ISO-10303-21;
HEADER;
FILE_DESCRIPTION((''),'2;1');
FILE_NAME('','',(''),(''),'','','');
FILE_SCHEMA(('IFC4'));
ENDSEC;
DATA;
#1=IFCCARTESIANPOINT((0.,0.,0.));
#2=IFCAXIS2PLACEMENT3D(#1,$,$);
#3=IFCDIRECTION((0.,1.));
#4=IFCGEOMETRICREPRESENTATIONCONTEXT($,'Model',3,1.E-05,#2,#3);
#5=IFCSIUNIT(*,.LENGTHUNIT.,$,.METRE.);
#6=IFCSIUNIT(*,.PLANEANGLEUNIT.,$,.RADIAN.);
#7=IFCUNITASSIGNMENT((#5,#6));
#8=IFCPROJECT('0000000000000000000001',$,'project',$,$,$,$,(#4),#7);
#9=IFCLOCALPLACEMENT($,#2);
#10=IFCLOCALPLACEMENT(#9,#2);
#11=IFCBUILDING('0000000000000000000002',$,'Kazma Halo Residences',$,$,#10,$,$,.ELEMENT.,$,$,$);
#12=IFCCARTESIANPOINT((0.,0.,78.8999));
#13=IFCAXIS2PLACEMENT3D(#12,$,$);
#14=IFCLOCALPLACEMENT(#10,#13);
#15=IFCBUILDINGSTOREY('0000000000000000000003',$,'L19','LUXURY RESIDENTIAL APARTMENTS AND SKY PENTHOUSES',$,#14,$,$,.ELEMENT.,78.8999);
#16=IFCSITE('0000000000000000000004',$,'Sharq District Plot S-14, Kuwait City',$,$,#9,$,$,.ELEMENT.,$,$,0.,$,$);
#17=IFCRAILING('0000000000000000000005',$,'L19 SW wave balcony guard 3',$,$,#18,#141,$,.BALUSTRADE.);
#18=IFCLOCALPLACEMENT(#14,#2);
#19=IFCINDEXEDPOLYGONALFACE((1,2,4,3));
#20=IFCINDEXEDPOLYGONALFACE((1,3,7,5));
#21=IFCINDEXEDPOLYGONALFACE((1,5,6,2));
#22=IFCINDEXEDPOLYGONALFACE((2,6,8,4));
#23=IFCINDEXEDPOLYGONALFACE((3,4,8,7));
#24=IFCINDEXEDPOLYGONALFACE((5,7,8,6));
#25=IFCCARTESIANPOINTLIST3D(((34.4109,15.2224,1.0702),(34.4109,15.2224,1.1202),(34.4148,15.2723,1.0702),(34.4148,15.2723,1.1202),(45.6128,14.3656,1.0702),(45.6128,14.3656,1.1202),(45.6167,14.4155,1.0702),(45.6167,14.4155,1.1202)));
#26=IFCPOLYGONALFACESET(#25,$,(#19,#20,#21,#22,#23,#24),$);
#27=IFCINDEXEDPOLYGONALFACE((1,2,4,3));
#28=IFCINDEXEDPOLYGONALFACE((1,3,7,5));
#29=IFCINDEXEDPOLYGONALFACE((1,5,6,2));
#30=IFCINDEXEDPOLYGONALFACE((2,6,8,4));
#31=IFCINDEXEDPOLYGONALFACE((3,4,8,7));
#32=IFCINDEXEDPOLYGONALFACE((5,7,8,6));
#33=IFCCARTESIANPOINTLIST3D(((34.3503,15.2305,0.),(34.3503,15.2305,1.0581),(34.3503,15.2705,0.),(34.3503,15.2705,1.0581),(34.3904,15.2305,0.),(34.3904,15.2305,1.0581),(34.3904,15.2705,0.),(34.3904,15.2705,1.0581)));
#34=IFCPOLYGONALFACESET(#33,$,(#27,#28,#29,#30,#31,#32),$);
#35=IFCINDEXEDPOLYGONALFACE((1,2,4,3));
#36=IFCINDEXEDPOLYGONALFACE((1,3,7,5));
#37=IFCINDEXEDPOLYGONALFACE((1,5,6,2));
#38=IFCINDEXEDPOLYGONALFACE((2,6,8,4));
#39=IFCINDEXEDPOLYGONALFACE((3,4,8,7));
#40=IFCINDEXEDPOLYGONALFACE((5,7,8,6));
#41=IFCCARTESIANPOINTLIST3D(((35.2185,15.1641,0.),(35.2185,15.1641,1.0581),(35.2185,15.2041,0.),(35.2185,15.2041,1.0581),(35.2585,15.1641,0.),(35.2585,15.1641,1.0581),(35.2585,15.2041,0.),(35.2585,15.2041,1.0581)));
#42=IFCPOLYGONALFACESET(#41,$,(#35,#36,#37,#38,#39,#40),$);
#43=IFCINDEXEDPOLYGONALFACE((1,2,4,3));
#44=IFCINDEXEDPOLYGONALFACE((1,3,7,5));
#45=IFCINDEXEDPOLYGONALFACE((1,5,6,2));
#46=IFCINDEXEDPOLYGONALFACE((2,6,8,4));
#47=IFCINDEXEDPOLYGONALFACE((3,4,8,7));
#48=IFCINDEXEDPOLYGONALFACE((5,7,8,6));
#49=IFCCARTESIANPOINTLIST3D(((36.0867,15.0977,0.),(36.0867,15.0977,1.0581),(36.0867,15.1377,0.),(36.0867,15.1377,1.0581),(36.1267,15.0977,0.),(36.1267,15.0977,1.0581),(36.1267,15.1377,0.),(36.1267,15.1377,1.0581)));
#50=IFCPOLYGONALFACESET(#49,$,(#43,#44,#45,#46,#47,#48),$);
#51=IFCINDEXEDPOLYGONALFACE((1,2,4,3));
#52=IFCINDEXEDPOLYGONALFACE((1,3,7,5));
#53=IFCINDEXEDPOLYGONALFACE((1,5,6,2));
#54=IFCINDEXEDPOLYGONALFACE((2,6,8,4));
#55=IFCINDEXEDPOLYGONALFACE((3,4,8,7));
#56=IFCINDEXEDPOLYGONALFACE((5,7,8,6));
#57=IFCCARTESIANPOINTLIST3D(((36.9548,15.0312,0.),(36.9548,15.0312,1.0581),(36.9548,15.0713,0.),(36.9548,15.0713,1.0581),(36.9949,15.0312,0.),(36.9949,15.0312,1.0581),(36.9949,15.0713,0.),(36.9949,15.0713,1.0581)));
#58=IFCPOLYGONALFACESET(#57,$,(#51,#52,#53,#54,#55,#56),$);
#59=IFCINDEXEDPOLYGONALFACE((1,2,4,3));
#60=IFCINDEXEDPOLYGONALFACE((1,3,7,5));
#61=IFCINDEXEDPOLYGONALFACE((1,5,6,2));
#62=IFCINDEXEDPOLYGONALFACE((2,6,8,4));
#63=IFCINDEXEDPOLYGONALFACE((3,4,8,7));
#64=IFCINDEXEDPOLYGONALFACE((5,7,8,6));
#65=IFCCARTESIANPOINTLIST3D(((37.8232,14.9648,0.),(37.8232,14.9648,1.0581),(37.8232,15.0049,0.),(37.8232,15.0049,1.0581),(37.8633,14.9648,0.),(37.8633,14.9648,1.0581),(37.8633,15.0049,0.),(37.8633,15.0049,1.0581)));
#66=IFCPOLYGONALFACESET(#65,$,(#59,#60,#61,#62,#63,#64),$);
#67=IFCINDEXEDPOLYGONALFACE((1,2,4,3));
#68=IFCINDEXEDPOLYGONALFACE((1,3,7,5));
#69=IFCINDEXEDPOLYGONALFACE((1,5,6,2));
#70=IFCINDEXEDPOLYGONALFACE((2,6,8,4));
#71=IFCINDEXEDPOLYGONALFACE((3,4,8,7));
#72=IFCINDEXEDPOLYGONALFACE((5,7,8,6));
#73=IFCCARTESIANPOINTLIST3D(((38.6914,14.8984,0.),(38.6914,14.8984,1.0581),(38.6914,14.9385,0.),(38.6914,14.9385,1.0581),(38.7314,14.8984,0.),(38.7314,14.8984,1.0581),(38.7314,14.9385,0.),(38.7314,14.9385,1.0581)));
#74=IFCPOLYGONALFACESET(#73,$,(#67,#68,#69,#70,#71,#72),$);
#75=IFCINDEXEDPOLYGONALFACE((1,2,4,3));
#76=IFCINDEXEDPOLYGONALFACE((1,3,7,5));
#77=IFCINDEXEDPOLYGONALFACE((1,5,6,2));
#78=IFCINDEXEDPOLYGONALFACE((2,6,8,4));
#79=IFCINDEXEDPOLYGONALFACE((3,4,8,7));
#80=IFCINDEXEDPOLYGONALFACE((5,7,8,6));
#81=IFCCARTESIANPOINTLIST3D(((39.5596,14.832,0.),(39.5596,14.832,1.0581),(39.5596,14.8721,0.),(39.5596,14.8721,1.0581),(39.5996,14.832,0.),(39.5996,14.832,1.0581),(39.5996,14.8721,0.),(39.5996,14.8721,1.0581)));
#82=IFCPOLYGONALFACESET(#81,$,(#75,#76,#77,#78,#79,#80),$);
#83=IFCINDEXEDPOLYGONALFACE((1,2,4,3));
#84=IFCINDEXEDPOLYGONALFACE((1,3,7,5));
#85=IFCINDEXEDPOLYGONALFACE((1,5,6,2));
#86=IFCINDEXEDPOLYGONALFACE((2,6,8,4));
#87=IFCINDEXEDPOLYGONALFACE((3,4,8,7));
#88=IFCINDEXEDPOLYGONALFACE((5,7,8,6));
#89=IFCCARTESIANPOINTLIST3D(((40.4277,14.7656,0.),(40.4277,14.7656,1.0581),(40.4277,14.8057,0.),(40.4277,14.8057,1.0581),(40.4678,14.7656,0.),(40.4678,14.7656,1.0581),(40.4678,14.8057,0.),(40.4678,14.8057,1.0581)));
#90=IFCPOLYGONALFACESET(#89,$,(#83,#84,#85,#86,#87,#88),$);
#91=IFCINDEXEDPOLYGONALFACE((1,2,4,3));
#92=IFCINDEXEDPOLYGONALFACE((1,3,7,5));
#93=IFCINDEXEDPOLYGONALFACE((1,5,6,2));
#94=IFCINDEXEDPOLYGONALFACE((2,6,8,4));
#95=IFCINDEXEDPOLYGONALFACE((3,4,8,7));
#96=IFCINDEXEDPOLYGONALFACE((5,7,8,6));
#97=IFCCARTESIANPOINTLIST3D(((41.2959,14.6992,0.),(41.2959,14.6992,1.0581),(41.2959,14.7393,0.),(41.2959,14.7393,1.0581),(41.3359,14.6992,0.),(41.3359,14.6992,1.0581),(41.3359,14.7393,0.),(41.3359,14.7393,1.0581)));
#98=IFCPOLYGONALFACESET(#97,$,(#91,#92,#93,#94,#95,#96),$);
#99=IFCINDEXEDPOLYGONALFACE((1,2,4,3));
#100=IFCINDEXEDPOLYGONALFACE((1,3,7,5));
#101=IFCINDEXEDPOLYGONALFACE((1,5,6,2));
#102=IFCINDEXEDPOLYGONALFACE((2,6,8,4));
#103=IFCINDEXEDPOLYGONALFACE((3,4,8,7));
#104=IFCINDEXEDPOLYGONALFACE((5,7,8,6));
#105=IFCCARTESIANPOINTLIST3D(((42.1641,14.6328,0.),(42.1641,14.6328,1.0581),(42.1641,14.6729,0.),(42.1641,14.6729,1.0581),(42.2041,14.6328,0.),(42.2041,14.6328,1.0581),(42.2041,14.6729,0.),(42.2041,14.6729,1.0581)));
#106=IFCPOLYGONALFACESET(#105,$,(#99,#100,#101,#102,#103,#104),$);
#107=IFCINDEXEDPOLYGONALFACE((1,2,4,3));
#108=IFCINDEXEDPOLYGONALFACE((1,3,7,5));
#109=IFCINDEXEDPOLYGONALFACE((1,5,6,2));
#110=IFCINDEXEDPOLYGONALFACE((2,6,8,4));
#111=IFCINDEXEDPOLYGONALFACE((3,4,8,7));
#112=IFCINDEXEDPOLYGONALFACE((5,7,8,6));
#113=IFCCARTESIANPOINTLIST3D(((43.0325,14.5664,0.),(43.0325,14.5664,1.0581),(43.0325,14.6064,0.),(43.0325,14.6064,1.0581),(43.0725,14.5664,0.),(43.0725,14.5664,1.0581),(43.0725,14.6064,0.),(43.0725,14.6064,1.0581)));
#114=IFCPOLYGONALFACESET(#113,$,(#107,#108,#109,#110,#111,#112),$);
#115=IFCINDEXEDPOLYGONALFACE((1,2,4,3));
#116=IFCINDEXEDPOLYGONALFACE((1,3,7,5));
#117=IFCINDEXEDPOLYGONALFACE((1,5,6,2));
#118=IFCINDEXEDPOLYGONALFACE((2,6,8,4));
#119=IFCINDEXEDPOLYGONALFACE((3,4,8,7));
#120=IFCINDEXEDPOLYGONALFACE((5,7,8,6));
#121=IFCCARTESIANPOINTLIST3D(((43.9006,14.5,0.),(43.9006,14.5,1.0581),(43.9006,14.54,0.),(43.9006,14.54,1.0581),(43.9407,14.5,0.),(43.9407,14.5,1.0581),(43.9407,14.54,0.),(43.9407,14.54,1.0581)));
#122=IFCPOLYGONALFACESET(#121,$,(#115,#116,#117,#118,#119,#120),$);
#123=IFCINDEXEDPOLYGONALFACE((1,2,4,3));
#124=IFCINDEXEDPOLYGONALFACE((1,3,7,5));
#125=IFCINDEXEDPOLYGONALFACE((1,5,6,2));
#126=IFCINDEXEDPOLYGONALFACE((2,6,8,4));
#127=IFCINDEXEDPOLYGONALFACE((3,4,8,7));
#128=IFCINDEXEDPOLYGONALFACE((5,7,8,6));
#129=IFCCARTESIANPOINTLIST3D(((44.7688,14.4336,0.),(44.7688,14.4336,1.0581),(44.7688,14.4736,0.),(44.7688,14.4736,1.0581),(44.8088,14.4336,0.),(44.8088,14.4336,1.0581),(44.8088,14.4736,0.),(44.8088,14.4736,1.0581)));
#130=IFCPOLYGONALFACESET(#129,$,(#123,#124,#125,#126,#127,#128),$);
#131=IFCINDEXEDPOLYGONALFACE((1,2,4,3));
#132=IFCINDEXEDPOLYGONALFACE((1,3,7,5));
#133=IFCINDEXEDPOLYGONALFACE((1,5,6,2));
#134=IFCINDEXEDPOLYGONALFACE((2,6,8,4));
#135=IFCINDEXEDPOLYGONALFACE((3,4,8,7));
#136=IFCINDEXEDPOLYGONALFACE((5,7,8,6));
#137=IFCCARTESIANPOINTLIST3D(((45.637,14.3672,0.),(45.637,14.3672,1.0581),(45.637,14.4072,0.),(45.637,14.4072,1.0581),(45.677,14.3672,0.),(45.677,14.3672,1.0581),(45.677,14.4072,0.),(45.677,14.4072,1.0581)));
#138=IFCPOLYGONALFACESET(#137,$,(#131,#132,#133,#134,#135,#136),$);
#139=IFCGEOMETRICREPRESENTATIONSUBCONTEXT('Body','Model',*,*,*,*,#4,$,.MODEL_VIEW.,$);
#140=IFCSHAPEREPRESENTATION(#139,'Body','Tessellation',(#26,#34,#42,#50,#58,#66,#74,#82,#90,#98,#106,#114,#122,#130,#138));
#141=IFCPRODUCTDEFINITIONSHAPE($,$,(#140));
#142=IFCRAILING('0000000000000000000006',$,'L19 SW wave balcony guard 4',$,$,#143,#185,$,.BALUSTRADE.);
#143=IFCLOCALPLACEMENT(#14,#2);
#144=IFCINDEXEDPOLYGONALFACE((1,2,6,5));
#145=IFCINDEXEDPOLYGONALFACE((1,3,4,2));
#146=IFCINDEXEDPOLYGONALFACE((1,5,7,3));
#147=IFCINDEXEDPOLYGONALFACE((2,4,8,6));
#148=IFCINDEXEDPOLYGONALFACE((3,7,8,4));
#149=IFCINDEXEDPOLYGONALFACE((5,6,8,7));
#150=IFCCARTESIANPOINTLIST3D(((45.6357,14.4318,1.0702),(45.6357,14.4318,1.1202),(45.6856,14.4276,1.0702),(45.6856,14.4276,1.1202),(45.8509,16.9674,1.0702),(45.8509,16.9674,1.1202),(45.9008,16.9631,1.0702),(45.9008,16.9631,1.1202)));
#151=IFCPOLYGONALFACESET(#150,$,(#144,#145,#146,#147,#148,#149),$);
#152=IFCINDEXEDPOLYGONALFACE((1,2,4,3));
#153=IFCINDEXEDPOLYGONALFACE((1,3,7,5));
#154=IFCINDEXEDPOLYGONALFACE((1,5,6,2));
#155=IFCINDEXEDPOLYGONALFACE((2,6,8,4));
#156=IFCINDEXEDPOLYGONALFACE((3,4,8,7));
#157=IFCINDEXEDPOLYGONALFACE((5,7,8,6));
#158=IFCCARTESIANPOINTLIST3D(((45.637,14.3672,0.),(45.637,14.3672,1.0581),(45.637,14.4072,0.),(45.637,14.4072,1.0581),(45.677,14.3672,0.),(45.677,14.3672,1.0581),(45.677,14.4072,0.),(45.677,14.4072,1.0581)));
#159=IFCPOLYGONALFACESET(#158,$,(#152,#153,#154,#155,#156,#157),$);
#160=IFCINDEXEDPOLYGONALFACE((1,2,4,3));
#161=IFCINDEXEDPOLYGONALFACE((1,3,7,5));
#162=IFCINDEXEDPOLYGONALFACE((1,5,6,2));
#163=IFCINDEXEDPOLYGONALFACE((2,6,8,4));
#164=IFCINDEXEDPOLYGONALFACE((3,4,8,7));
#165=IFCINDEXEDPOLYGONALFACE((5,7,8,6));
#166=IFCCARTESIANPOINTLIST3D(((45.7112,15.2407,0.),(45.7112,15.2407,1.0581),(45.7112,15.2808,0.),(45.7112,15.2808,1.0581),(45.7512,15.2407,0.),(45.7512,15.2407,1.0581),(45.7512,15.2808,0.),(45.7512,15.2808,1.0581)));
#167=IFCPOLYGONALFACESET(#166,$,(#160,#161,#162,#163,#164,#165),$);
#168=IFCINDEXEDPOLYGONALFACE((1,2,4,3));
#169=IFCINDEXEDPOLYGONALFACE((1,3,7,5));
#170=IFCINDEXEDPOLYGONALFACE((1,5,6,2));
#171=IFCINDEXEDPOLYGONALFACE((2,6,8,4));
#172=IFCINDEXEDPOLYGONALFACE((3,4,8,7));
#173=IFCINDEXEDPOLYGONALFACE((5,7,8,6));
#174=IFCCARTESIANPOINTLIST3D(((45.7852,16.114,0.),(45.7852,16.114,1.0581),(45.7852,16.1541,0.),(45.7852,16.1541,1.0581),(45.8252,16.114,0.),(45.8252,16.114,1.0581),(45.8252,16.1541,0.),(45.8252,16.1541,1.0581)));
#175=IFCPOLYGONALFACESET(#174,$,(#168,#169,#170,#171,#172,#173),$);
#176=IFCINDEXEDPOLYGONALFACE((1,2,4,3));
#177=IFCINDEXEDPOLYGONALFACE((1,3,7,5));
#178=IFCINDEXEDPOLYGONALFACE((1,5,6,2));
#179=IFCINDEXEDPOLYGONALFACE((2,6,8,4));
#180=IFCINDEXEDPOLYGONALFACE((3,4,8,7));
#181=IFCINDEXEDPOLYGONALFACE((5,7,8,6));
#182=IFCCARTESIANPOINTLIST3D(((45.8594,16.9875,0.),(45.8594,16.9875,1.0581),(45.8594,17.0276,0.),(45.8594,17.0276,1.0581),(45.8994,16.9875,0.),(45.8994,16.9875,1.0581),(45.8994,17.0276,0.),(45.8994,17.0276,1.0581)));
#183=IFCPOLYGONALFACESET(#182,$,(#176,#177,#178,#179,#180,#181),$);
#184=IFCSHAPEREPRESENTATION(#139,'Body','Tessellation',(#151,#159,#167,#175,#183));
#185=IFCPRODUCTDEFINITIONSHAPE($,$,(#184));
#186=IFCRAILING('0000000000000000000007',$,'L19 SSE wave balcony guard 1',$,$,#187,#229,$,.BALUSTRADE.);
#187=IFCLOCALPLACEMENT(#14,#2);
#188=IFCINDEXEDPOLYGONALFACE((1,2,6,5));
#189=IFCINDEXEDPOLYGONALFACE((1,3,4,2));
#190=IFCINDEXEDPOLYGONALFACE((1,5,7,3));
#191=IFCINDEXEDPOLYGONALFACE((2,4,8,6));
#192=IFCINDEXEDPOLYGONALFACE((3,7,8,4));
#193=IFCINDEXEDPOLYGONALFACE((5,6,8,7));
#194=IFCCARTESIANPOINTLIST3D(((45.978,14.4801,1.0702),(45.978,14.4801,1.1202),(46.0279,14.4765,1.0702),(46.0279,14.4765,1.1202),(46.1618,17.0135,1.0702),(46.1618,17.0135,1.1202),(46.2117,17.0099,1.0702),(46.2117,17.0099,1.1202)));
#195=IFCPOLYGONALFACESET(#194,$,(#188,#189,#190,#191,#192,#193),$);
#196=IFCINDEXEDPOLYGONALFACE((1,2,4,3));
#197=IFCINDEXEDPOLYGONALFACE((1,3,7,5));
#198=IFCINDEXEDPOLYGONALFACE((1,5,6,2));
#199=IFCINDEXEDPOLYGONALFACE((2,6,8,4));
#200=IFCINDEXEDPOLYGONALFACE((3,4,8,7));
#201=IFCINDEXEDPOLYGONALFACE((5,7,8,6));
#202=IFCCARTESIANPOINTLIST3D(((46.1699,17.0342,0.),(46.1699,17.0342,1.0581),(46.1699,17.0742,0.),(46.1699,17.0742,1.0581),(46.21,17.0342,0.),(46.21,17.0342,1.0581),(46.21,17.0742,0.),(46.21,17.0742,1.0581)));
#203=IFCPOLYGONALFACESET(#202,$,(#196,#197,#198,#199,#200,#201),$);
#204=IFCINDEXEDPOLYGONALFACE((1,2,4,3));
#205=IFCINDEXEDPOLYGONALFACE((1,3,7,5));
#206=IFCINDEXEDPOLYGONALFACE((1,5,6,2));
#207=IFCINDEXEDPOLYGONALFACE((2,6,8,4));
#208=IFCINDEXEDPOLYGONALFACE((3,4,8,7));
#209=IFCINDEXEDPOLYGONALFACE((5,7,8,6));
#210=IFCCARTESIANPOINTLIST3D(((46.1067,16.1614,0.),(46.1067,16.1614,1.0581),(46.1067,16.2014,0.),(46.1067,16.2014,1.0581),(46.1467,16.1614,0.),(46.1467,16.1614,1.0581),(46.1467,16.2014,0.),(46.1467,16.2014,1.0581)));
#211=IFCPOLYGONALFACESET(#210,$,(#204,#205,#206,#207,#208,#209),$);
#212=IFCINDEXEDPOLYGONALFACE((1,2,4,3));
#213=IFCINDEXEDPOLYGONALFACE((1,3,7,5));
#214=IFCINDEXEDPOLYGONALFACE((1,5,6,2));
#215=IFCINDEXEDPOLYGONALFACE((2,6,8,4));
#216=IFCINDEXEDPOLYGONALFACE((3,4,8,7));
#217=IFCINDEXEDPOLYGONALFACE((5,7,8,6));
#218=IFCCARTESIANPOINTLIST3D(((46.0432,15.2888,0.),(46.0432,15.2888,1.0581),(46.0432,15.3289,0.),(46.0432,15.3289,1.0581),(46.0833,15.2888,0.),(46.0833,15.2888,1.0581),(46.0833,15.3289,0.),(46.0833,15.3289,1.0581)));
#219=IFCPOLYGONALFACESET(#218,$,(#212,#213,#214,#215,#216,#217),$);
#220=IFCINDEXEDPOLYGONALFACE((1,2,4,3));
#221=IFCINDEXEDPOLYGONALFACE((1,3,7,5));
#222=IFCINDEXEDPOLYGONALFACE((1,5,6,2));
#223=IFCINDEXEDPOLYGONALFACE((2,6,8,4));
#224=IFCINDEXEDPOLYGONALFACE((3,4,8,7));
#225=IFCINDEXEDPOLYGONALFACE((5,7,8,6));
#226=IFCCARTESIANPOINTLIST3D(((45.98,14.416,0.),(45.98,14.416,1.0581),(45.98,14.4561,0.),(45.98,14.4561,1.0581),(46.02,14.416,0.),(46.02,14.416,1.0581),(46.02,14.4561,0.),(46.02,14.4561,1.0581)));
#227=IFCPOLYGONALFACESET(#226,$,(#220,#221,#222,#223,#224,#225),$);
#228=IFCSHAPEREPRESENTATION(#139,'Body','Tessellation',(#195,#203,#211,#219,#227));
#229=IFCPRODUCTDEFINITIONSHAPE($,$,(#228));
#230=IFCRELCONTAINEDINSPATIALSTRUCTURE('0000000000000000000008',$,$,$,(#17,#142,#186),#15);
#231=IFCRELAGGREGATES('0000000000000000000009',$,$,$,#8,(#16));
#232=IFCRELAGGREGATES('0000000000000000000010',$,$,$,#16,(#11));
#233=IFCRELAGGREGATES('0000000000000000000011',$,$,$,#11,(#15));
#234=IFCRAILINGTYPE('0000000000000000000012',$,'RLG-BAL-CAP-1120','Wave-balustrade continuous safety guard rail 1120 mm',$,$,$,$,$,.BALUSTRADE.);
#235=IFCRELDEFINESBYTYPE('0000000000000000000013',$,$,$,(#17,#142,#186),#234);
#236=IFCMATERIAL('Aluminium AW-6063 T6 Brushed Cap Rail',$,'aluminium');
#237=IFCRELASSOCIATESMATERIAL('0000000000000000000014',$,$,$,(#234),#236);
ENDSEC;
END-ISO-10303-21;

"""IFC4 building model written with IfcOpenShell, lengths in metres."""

from ifc_helpers import new_model, si_unit, direction, frame, origin, origin_2d, place, context, subcontext, project, spatial, rectangle, extrude, material, type_object, element, save


model = new_model("IFC4")

# Units and contexts
model_context = context("Model", 3, precision=1e-05, world=origin(), true_north=direction((0.0, 1.0)))
body_context = subcontext(model_context, "Body", "Model", "MODEL_VIEW")
ifc_project = project(units=[si_unit("LENGTHUNIT", "METRE"), si_unit("PLANEANGLEUNIT", "RADIAN")], contexts=[model_context])

# Site, building, storey
site_placement = place(None, origin())
site = spatial("IfcSite", under=ifc_project, at=site_placement, Name="Sharq District Plot S-14, Kuwait City", CompositionType="ELEMENT", RefElevation=0.0)
building_placement = place(site_placement, origin())
building = spatial("IfcBuilding", under=site, at=building_placement, Name="Kazma Halo Residences", CompositionType="ELEMENT")
storey_placement = place(building_placement, frame((0.0, 0.0, 78.8999)))
storey = spatial("IfcBuildingStorey", under=building, at=storey_placement, Name="L19", Description="LUXURY RESIDENTIAL APARTMENTS AND SKY PENTHOUSES", CompositionType="ELEMENT", Elevation=78.8999)

# Railings
ifc_material_1 = material(Name="Aluminium AW-6063 T6 Brushed Cap Rail", Category="aluminium")
railing_type = type_object("IfcRailingType", Name="RLG-BAL-CAP-1120", Description="Wave-balustrade continuous safety guard rail 1120 mm", PredefinedType="BALUSTRADE", material=ifc_material_1)
railing_1_placement = place(storey_placement, frame((34.3704, 15.2505, 0.0)))
element("IfcRailing", 1, at=railing_1_placement, inside=storey, type_object=railing_type, Name="L19 SW wave balcony guard 3", PredefinedType="BALUSTRADE", context=body_context, shape_type="SweptSolid", body=[
    extrude(rectangle(XDim=0.05, YDim=0.05, at=origin_2d()), frame((0.0425, -0.0032, 1.0952), z_axis=(0.997088, -0.076264, 0.0), x_axis=(0.076264, 0.997088, 0.0)), (0.0, 0.0, 1.0), 11.2346),
    extrude(rectangle(XDim=0.04, YDim=0.04, at=origin_2d()), origin(), (0.0, 0.0, 1.0), 1.0581),
    extrude(rectangle(XDim=0.04, YDim=0.04, at=origin_2d()), frame((0.8682, -0.0664, 0.0)), (0.0, 0.0, 1.0), 1.0581),
    extrude(rectangle(XDim=0.04, YDim=0.04, at=origin_2d()), frame((1.7363, -0.1328, 0.0)), (0.0, 0.0, 1.0), 1.0581),
    extrude(rectangle(XDim=0.04, YDim=0.04, at=origin_2d()), frame((2.6045, -0.1992, 0.0)), (0.0, 0.0, 1.0), 1.0581),
    extrude(rectangle(XDim=0.04, YDim=0.04, at=origin_2d()), frame((3.4729, -0.2656, 0.0)), (0.0, 0.0, 1.0), 1.0581),
    extrude(rectangle(XDim=0.04, YDim=0.04, at=origin_2d()), frame((4.3411, -0.332, 0.0)), (0.0, 0.0, 1.0), 1.0581),
    extrude(rectangle(XDim=0.04, YDim=0.04, at=origin_2d()), frame((5.2092, -0.3984, 0.0)), (0.0, 0.0, 1.0), 1.0581),
    extrude(rectangle(XDim=0.04, YDim=0.04, at=origin_2d()), frame((6.0774, -0.4648, 0.0)), (0.0, 0.0, 1.0), 1.0581),
    extrude(rectangle(XDim=0.04, YDim=0.04, at=origin_2d()), frame((6.9456, -0.5312, 0.0)), (0.0, 0.0, 1.0), 1.0581),
    extrude(rectangle(XDim=0.04, YDim=0.04, at=origin_2d()), frame((7.8137, -0.5977, 0.0)), (0.0, 0.0, 1.0), 1.0581),
    extrude(rectangle(XDim=0.04, YDim=0.04, at=origin_2d()), frame((8.6821, -0.6641, 0.0)), (0.0, 0.0, 1.0), 1.0581),
    extrude(rectangle(XDim=0.04, YDim=0.04, at=origin_2d()), frame((9.5503, -0.7305, 0.0)), (0.0, 0.0, 1.0), 1.0581),
    extrude(rectangle(XDim=0.04, YDim=0.04, at=origin_2d()), frame((10.4185, -0.7969, 0.0)), (0.0, 0.0, 1.0), 1.0581),
    extrude(rectangle(XDim=0.04, YDim=0.04, at=origin_2d()), frame((11.2866, -0.8633, 0.0)), (0.0, 0.0, 1.0), 1.0581),
])
railing_2_placement = place(storey_placement, frame((45.657, 14.3872, 0.0)))
element("IfcRailing", 2, at=railing_2_placement, inside=storey, type_object=railing_type, Name="L19 SW wave balcony guard 4", PredefinedType="BALUSTRADE", context=body_context, shape_type="SweptSolid", body=[
    extrude(rectangle(XDim=0.05, YDim=0.05, at=origin_2d()), frame((0.0037, 0.0425, 1.0952), z_axis=(0.084574, 0.996417, 0.0), x_axis=(-0.996417, 0.084574, 0.0)), (0.0, 0.0, 1.0), 2.5447),
    extrude(rectangle(XDim=0.04, YDim=0.04, at=origin_2d()), origin(), (0.0, 0.0, 1.0), 1.0581),
    extrude(rectangle(XDim=0.04, YDim=0.04, at=origin_2d()), frame((0.0742, 0.8735, 0.0)), (0.0, 0.0, 1.0), 1.0581),
    extrude(rectangle(XDim=0.04, YDim=0.04, at=origin_2d()), frame((0.1482, 1.7468, 0.0)), (0.0, 0.0, 1.0), 1.0581),
    extrude(rectangle(XDim=0.04, YDim=0.04, at=origin_2d()), frame((0.2224, 2.6204, 0.0)), (0.0, 0.0, 1.0), 1.0581),
])
railing_3_placement = place(storey_placement, frame((46.1899, 17.0542, 0.0)))
element("IfcRailing", 3, at=railing_3_placement, inside=storey, type_object=railing_type, Name="L19 SSE wave balcony guard 1", PredefinedType="BALUSTRADE", context=body_context, shape_type="SweptSolid", body=[
    extrude(rectangle(XDim=0.05, YDim=0.05, at=origin_2d()), frame((-0.0032, -0.0425, 1.0952), z_axis=(-0.072357, -0.997379, 0.0), x_axis=(0.997379, -0.072357, 0.0)), (0.0, 0.0, 1.0), 2.54),
    extrude(rectangle(XDim=0.04, YDim=0.04, at=origin_2d()), origin(), (0.0, 0.0, 1.0), 1.0581),
    extrude(rectangle(XDim=0.04, YDim=0.04, at=origin_2d()), frame((-0.0632, -0.8728, 0.0)), (0.0, 0.0, 1.0), 1.0581),
    extrude(rectangle(XDim=0.04, YDim=0.04, at=origin_2d()), frame((-0.1267, -1.7454, 0.0)), (0.0, 0.0, 1.0), 1.0581),
    extrude(rectangle(XDim=0.04, YDim=0.04, at=origin_2d()), frame((-0.1899, -2.6182, 0.0)), (0.0, 0.0, 1.0), 1.0581),
])

save(model, "model.ifc")
